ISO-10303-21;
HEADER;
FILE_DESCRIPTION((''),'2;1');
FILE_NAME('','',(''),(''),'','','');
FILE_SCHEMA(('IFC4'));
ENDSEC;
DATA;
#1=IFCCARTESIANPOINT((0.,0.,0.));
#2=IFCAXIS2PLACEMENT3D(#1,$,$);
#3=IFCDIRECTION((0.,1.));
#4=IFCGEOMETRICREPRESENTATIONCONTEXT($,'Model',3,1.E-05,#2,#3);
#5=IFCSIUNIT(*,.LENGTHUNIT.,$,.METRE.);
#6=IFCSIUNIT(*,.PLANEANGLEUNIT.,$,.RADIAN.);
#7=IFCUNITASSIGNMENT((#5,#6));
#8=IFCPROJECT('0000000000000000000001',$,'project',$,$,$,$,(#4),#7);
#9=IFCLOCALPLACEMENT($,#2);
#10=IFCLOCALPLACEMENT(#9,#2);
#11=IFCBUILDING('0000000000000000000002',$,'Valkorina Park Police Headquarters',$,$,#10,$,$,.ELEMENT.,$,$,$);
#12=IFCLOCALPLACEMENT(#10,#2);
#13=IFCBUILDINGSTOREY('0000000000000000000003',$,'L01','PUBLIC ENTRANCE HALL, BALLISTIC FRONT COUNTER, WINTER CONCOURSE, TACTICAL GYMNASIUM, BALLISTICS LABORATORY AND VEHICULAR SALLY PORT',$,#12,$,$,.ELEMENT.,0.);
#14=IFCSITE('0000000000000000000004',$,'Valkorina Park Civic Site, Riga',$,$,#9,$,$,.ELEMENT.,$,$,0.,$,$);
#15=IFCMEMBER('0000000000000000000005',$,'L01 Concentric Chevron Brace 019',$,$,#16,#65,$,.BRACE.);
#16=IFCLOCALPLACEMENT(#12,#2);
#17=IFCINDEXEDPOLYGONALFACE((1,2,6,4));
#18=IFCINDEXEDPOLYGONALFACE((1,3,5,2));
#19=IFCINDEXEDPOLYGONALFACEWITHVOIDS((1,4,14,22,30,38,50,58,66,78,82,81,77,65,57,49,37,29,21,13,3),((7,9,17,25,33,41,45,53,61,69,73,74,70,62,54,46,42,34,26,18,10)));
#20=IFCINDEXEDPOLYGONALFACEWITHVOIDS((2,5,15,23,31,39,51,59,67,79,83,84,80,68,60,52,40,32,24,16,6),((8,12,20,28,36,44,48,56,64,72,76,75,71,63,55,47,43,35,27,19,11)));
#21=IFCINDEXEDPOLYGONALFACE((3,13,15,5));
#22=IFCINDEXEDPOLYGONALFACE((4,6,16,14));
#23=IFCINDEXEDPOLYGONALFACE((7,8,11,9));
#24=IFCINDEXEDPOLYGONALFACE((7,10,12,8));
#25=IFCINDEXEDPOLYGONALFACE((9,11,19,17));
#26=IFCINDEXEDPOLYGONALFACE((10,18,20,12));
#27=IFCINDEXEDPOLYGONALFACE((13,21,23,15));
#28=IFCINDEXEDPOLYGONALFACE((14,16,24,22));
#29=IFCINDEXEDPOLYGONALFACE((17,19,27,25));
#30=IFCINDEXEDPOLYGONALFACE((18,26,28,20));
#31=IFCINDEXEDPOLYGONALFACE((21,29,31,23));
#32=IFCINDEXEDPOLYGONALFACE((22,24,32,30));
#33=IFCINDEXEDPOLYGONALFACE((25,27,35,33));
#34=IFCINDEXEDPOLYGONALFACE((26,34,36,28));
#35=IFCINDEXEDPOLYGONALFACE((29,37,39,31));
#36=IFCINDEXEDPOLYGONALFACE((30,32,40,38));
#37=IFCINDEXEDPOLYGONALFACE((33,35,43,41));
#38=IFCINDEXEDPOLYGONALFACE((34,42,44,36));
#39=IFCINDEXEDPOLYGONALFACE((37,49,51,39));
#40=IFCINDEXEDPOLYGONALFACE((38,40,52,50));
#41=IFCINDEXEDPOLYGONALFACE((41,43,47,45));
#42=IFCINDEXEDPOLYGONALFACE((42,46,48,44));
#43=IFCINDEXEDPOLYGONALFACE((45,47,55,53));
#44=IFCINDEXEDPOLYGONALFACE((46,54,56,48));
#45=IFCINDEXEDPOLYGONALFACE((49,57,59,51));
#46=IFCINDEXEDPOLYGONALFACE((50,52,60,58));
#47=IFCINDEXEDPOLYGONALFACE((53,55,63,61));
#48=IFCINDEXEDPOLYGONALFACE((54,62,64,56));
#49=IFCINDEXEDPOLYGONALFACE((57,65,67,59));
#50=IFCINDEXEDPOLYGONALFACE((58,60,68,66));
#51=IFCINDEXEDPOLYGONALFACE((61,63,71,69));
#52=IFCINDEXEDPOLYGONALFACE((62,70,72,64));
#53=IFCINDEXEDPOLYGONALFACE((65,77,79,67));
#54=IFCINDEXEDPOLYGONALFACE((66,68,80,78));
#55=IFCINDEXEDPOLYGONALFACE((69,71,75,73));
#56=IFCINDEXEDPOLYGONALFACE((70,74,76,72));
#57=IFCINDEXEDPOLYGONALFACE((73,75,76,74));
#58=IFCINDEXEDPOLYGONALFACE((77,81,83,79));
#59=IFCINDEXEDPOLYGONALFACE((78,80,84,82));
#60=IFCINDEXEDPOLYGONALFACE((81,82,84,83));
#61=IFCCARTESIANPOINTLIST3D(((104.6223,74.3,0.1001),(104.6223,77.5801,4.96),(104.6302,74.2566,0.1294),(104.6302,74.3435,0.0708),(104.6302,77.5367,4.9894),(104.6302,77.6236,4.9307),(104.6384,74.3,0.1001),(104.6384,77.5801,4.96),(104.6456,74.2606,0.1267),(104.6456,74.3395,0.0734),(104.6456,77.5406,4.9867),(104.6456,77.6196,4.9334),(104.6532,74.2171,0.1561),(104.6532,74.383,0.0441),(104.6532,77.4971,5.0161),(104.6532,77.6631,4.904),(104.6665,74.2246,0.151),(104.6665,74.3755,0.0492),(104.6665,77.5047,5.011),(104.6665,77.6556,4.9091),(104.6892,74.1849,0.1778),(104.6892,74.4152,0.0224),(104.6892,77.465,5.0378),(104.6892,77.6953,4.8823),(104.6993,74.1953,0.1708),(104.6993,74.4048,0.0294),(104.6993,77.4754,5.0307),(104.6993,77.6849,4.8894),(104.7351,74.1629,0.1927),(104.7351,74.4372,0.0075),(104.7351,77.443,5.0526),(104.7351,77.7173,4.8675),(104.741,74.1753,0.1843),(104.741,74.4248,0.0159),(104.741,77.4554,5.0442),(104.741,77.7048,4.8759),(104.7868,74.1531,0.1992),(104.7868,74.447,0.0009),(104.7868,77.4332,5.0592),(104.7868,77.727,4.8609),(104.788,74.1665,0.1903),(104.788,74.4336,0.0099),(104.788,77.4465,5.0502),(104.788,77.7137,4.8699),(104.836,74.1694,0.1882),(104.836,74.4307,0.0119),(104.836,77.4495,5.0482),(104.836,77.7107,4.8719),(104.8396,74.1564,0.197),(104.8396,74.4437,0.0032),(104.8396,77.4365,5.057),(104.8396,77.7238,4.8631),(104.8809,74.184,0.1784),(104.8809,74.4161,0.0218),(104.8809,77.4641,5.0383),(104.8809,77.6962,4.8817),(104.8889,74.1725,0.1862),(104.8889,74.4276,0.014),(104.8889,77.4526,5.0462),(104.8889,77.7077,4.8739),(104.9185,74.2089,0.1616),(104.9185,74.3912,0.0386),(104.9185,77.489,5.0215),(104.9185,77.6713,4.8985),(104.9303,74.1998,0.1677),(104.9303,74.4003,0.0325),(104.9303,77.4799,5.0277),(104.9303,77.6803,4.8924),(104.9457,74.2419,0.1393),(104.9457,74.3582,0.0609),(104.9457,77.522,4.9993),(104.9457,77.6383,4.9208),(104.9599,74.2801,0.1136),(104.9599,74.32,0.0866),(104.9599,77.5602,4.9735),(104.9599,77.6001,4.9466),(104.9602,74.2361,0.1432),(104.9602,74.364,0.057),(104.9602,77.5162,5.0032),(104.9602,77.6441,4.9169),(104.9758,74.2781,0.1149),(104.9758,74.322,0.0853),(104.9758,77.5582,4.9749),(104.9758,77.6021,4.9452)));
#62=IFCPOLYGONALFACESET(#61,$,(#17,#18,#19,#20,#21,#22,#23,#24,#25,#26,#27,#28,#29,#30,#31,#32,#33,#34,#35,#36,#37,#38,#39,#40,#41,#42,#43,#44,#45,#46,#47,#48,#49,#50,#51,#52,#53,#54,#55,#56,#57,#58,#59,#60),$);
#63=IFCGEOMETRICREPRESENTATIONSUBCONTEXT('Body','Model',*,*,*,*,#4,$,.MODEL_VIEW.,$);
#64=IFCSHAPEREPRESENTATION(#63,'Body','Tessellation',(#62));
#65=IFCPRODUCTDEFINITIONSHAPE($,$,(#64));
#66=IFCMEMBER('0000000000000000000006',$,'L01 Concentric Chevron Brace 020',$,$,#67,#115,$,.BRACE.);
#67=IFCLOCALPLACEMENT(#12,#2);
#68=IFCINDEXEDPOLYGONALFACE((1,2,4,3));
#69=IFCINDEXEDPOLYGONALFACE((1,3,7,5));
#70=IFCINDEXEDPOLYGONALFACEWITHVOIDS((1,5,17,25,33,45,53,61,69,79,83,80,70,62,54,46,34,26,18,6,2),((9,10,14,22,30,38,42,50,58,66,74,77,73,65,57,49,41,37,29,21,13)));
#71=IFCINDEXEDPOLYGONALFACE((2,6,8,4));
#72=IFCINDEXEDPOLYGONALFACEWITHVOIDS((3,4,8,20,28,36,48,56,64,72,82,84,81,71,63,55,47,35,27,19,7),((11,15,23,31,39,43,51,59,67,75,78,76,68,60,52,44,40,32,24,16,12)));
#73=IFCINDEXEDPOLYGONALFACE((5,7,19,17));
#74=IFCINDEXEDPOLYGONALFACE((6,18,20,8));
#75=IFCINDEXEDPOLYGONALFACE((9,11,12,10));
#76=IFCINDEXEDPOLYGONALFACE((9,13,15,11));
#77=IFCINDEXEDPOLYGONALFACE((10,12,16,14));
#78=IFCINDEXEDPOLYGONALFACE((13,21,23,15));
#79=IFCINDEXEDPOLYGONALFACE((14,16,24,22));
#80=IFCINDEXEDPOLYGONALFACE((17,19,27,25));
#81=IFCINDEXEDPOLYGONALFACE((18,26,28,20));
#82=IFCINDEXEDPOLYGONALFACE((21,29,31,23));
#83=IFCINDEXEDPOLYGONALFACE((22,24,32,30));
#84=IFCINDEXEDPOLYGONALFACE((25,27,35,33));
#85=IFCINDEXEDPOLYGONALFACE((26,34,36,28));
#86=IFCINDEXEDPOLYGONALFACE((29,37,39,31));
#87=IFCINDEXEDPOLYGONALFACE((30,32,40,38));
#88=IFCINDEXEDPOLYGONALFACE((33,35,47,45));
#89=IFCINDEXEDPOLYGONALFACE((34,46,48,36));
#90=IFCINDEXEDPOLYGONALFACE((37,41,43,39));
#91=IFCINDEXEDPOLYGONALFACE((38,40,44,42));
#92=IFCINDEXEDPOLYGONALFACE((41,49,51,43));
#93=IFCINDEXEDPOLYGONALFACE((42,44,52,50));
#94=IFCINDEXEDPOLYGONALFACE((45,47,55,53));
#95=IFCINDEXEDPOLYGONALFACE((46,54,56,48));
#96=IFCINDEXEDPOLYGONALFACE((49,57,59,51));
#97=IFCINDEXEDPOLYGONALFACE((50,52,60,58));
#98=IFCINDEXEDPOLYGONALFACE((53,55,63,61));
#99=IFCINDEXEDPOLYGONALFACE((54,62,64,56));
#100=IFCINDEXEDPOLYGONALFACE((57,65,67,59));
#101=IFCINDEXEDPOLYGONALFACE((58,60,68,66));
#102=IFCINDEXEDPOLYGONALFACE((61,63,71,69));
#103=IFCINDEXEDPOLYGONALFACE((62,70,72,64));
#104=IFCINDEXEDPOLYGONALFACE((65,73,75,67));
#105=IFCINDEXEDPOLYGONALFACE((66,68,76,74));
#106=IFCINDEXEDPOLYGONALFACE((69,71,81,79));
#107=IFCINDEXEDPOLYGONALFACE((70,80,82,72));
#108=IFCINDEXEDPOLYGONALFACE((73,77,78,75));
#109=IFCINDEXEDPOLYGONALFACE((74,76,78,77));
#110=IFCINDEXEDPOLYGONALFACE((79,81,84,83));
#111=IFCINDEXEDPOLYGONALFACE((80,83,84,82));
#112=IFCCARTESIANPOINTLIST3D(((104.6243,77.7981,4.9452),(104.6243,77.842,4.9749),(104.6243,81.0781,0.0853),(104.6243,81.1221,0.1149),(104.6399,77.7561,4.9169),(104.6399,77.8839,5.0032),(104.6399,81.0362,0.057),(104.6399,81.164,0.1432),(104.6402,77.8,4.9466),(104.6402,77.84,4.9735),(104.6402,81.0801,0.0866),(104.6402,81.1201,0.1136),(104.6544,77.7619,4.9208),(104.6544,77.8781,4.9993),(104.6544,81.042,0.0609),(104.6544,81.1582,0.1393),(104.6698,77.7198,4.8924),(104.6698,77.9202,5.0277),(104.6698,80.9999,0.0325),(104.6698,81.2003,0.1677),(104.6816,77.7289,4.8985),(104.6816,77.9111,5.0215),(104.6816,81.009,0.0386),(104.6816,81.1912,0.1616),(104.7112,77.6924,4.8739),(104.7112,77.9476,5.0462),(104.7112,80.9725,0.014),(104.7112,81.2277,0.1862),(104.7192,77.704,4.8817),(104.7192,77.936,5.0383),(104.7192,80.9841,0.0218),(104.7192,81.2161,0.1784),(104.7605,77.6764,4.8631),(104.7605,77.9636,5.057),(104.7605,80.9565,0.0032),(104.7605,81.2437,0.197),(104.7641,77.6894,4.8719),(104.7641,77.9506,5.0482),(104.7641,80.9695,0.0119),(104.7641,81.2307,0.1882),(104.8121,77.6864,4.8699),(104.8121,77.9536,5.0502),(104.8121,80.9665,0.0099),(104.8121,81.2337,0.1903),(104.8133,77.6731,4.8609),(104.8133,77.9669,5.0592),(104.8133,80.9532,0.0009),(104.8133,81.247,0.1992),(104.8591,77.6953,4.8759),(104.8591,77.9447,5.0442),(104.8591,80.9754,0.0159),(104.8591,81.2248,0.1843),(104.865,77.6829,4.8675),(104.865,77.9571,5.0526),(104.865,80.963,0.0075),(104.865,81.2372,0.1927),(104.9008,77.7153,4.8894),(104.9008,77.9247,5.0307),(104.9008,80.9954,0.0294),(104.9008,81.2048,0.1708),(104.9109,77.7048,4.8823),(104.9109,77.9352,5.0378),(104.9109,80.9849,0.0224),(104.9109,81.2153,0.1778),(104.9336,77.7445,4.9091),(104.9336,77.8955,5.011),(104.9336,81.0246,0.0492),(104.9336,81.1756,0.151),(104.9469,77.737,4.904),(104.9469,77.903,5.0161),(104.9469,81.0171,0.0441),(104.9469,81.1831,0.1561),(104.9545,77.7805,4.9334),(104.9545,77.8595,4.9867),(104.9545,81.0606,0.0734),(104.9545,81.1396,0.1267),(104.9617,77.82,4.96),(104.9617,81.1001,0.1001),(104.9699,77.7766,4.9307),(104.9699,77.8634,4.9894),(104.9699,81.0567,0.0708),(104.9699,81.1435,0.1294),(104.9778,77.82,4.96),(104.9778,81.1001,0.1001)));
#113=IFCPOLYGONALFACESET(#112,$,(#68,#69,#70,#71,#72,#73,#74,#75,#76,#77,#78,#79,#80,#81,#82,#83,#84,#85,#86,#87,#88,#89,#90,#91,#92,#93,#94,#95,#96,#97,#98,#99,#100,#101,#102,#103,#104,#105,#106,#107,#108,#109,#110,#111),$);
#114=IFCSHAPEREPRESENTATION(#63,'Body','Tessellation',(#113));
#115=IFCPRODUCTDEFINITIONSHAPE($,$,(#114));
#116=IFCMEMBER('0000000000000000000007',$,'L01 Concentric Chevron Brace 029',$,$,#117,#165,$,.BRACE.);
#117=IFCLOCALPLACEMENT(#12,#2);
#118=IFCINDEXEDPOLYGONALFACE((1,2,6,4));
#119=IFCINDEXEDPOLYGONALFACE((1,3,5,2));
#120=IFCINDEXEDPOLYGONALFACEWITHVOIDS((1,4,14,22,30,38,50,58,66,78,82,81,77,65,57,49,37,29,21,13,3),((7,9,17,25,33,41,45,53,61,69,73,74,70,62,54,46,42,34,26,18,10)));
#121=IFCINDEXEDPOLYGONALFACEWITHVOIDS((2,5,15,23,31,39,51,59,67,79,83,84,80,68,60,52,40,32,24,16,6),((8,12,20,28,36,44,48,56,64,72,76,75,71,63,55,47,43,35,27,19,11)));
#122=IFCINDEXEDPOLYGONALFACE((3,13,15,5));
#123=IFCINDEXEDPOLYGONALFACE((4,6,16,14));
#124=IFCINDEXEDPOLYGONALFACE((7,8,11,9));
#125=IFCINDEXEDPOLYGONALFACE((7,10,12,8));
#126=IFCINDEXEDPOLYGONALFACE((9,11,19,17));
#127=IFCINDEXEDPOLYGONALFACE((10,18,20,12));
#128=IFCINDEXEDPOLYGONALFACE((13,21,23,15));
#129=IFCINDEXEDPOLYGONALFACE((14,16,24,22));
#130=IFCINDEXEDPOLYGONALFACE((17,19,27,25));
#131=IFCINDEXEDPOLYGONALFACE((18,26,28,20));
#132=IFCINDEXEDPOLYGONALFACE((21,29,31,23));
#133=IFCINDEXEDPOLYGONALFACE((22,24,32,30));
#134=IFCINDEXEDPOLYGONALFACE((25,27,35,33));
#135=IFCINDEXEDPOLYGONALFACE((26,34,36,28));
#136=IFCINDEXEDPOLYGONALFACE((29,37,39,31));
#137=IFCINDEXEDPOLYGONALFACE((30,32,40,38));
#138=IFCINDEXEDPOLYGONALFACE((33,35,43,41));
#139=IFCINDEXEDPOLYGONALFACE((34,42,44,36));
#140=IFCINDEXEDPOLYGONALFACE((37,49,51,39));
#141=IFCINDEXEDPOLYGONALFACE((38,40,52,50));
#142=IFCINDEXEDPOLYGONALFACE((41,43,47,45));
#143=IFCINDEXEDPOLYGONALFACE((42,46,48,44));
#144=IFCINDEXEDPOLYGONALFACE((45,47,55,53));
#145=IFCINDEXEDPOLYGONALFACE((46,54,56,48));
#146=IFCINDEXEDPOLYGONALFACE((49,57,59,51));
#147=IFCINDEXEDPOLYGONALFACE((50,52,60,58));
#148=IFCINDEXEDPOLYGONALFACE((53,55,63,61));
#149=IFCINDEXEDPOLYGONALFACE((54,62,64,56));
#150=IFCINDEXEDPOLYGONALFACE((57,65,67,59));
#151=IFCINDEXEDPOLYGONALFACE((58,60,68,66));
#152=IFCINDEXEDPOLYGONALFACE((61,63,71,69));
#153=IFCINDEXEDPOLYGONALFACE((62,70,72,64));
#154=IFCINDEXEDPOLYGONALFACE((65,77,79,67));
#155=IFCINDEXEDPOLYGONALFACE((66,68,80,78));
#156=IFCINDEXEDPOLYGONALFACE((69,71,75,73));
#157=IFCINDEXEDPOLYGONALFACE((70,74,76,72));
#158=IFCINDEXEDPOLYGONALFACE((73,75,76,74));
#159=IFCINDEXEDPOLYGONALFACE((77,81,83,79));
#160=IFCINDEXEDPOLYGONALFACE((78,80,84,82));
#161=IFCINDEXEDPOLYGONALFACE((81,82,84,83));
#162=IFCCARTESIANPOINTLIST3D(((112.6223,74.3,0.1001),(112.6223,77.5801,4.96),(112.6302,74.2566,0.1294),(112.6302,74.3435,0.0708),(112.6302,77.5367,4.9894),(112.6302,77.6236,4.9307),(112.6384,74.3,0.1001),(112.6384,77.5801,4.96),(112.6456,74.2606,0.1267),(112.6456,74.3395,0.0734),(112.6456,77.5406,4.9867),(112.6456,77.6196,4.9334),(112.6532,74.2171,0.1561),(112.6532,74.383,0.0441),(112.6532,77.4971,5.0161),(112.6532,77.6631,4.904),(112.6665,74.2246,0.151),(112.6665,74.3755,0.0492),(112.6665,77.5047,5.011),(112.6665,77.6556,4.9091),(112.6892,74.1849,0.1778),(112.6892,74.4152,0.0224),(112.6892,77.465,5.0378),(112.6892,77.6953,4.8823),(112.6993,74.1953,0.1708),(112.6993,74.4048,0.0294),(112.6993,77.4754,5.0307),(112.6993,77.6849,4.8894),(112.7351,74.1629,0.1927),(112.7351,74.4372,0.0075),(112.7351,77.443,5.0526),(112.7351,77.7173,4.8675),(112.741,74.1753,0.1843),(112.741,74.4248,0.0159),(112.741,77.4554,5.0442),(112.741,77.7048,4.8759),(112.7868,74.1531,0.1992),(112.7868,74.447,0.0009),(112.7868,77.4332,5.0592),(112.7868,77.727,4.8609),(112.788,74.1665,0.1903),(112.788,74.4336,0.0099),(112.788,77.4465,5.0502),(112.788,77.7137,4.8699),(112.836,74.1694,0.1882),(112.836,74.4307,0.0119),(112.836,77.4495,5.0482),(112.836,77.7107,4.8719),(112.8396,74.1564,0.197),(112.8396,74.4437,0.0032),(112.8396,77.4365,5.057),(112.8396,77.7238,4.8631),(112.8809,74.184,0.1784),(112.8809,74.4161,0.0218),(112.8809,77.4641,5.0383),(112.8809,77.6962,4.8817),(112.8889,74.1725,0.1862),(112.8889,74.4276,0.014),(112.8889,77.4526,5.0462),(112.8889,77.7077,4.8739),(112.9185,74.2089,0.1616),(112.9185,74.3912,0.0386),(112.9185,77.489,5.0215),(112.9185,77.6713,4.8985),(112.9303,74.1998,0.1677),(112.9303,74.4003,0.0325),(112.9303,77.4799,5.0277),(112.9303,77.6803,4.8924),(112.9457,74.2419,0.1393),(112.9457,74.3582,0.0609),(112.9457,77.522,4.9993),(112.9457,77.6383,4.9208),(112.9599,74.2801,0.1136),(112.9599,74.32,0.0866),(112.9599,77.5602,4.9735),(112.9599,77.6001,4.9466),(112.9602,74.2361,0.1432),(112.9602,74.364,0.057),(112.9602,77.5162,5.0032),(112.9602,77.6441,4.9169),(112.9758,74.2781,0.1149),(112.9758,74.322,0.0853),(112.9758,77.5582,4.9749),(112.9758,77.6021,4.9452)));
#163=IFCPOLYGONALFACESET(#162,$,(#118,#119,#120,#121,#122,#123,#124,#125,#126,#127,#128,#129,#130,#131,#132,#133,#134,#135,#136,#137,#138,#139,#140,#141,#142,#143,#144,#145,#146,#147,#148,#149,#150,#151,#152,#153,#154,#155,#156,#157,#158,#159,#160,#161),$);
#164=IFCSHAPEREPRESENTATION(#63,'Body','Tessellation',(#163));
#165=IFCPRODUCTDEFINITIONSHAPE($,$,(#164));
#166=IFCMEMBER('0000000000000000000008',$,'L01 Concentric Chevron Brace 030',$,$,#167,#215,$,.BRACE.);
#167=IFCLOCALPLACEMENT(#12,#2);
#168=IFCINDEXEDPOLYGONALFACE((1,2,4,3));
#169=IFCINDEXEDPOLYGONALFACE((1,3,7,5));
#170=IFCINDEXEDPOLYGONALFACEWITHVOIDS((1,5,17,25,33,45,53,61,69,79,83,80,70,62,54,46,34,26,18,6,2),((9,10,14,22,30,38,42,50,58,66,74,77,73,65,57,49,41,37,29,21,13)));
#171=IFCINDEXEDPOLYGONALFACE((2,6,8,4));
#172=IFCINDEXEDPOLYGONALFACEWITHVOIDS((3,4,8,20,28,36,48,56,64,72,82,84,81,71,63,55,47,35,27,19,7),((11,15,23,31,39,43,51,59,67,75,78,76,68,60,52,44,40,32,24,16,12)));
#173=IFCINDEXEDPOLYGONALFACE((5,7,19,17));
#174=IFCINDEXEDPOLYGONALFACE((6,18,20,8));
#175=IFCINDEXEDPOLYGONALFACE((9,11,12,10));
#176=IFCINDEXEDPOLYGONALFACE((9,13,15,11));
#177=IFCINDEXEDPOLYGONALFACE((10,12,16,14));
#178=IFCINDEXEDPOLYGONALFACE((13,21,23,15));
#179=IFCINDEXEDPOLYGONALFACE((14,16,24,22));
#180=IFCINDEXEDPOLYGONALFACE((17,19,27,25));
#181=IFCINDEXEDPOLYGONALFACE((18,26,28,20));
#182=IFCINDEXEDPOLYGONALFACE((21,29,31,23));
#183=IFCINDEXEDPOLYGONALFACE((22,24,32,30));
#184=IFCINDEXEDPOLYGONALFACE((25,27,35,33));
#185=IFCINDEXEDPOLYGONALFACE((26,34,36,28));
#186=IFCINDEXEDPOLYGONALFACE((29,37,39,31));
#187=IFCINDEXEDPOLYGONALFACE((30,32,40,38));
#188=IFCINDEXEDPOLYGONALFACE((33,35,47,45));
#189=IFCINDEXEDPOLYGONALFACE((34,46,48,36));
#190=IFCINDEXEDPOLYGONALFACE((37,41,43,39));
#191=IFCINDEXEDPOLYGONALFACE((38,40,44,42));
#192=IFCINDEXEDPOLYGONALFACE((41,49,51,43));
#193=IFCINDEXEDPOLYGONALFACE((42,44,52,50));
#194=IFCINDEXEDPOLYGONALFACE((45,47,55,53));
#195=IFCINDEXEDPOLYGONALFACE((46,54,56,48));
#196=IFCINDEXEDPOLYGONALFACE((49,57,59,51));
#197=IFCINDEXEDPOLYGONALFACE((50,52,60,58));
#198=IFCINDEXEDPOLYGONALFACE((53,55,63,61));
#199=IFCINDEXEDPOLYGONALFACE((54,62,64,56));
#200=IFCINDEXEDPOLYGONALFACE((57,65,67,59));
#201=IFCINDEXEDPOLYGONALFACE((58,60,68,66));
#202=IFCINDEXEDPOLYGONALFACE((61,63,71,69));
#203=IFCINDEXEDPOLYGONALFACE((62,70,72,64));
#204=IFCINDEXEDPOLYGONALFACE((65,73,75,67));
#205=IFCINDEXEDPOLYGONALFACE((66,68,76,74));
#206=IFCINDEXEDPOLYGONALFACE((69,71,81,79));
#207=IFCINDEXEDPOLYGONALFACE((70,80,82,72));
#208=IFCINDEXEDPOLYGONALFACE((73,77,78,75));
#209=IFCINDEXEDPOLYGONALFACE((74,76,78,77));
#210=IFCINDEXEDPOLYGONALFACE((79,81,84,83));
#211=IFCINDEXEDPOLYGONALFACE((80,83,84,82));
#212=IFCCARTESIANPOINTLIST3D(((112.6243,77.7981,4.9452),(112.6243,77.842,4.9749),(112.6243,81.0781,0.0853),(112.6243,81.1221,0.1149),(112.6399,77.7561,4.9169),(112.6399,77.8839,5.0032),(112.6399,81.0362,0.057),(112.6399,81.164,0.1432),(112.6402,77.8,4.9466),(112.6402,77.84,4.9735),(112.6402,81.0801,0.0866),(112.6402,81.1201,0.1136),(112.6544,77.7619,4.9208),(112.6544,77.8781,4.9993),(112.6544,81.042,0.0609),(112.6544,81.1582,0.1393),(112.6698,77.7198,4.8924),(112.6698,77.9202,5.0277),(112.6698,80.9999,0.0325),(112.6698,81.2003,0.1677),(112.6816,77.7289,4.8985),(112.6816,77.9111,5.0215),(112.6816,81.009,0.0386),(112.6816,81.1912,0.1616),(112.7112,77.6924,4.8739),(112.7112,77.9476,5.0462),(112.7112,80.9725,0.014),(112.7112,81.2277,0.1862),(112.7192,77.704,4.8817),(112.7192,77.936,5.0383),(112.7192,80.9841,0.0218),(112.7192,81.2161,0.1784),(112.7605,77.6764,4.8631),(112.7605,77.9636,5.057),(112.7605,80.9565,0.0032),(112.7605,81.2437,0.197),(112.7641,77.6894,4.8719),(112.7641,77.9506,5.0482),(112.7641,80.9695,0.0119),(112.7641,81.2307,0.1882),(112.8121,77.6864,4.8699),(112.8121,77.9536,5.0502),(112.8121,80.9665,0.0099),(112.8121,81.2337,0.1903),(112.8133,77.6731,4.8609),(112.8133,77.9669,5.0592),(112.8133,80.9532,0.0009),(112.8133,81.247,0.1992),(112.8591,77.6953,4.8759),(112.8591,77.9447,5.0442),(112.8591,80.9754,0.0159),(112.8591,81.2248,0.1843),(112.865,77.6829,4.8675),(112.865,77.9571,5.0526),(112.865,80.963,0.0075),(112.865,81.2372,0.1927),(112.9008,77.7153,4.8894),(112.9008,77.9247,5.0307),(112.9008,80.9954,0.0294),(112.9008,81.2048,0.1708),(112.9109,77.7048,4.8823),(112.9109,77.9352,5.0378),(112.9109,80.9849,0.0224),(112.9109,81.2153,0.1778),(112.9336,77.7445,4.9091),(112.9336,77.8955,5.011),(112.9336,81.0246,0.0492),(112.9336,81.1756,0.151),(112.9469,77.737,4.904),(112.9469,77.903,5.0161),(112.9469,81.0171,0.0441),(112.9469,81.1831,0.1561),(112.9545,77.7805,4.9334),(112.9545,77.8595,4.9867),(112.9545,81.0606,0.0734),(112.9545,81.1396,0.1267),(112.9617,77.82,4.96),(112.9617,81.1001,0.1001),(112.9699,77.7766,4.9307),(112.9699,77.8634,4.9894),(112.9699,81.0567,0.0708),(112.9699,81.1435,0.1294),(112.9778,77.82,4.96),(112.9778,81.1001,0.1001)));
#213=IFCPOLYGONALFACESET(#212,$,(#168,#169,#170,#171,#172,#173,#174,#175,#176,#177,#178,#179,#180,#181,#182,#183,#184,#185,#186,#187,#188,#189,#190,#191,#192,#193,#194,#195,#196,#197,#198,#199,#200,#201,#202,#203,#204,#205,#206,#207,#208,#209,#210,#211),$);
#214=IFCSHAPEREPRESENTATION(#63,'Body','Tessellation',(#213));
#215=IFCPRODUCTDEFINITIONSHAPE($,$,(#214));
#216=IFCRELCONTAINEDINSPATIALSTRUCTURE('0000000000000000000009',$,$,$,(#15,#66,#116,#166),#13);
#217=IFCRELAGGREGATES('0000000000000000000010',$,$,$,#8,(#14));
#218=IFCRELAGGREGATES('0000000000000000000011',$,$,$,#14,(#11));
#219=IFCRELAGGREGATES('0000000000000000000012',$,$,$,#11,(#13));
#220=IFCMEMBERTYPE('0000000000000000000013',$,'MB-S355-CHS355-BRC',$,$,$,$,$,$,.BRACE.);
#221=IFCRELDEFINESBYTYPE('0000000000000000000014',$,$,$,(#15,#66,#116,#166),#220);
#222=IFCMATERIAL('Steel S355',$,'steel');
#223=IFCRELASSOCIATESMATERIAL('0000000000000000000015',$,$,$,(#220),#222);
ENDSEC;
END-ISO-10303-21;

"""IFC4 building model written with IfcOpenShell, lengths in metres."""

from ifc_helpers import new_model, si_unit, direction, frame, origin, origin_2d, place, context, subcontext, project, spatial, hollow_circle, extrude, material, material_profile, profile_set, type_object, element, save


model = new_model("IFC4")

# Units and contexts
model_context = context("Model", 3, precision=1e-05, world=origin(), true_north=direction((0.0, 1.0)))
body_context = subcontext(model_context, "Body", "Model", "MODEL_VIEW")
ifc_project = project(units=[si_unit("LENGTHUNIT", "METRE"), si_unit("PLANEANGLEUNIT", "RADIAN")], contexts=[model_context])

# Site, building, storey
site_placement = place(None, origin())
site = spatial("IfcSite", under=ifc_project, at=site_placement, Name="Valkorina Park Civic Site, Riga", CompositionType="ELEMENT", RefElevation=0.0)
building_placement = place(site_placement, origin())
building = spatial("IfcBuilding", under=site, at=building_placement, Name="Valkorina Park Police Headquarters", CompositionType="ELEMENT")
storey_placement = place(building_placement, origin())
storey = spatial("IfcBuildingStorey", under=building, at=storey_placement, Name="L01", Description="PUBLIC ENTRANCE HALL, BALLISTIC FRONT COUNTER, WINTER CONCOURSE, TACTICAL GYMNASIUM, BALLISTICS LABORATORY AND VEHICULAR SALLY PORT", CompositionType="ELEMENT", Elevation=0.0)

# Shared definitions
ifc_material_1 = material(Name="Steel S355", Category="steel")

# Members
ifc_material_profile_1 = material_profile(ifc_material_1, hollow_circle(Radius=0.1777, WallThickness=0.0161, at=origin_2d()), Name="CHS 355.6x16")
ifc_profile_set_1 = profile_set([ifc_material_profile_1], Name="Steel S355")
member_type = type_object("IfcMemberType", Name="MB-S355-CHS355-BRC", PredefinedType="BRACE", material=ifc_profile_set_1)
for number, where, z_axis, x_axis, name in (
    (1, (104.8, 74.3, 0.1001), (0.0, 0.559429, 0.828879), (-1.0, 0.0, 0.0), "L01 Concentric Chevron Brace 019"),
    (2, (104.8, 81.1001, 0.1001), (0.0, -0.559429, 0.828879), (1.0, 0.0, 0.0), "L01 Concentric Chevron Brace 020"),
    (3, (112.8, 74.3, 0.1001), (0.0, 0.559429, 0.828879), (-1.0, 0.0, 0.0), "L01 Concentric Chevron Brace 029"),
    (4, (112.8, 81.1001, 0.1001), (0.0, -0.559429, 0.828879), (1.0, 0.0, 0.0), "L01 Concentric Chevron Brace 030"),
):
    element("IfcMember", number, at=place(storey_placement, frame(where, z_axis=z_axis, x_axis=x_axis)), inside=storey, type_object=member_type, Name=name, PredefinedType="BRACE", context=body_context, shape_type="SweptSolid", body=[
        extrude(hollow_circle(Radius=0.1777, WallThickness=0.0161, at=origin_2d()), origin(), (0.0, 0.0, 1.0), 5.8633),
    ])

save(model, "model.ifc")
